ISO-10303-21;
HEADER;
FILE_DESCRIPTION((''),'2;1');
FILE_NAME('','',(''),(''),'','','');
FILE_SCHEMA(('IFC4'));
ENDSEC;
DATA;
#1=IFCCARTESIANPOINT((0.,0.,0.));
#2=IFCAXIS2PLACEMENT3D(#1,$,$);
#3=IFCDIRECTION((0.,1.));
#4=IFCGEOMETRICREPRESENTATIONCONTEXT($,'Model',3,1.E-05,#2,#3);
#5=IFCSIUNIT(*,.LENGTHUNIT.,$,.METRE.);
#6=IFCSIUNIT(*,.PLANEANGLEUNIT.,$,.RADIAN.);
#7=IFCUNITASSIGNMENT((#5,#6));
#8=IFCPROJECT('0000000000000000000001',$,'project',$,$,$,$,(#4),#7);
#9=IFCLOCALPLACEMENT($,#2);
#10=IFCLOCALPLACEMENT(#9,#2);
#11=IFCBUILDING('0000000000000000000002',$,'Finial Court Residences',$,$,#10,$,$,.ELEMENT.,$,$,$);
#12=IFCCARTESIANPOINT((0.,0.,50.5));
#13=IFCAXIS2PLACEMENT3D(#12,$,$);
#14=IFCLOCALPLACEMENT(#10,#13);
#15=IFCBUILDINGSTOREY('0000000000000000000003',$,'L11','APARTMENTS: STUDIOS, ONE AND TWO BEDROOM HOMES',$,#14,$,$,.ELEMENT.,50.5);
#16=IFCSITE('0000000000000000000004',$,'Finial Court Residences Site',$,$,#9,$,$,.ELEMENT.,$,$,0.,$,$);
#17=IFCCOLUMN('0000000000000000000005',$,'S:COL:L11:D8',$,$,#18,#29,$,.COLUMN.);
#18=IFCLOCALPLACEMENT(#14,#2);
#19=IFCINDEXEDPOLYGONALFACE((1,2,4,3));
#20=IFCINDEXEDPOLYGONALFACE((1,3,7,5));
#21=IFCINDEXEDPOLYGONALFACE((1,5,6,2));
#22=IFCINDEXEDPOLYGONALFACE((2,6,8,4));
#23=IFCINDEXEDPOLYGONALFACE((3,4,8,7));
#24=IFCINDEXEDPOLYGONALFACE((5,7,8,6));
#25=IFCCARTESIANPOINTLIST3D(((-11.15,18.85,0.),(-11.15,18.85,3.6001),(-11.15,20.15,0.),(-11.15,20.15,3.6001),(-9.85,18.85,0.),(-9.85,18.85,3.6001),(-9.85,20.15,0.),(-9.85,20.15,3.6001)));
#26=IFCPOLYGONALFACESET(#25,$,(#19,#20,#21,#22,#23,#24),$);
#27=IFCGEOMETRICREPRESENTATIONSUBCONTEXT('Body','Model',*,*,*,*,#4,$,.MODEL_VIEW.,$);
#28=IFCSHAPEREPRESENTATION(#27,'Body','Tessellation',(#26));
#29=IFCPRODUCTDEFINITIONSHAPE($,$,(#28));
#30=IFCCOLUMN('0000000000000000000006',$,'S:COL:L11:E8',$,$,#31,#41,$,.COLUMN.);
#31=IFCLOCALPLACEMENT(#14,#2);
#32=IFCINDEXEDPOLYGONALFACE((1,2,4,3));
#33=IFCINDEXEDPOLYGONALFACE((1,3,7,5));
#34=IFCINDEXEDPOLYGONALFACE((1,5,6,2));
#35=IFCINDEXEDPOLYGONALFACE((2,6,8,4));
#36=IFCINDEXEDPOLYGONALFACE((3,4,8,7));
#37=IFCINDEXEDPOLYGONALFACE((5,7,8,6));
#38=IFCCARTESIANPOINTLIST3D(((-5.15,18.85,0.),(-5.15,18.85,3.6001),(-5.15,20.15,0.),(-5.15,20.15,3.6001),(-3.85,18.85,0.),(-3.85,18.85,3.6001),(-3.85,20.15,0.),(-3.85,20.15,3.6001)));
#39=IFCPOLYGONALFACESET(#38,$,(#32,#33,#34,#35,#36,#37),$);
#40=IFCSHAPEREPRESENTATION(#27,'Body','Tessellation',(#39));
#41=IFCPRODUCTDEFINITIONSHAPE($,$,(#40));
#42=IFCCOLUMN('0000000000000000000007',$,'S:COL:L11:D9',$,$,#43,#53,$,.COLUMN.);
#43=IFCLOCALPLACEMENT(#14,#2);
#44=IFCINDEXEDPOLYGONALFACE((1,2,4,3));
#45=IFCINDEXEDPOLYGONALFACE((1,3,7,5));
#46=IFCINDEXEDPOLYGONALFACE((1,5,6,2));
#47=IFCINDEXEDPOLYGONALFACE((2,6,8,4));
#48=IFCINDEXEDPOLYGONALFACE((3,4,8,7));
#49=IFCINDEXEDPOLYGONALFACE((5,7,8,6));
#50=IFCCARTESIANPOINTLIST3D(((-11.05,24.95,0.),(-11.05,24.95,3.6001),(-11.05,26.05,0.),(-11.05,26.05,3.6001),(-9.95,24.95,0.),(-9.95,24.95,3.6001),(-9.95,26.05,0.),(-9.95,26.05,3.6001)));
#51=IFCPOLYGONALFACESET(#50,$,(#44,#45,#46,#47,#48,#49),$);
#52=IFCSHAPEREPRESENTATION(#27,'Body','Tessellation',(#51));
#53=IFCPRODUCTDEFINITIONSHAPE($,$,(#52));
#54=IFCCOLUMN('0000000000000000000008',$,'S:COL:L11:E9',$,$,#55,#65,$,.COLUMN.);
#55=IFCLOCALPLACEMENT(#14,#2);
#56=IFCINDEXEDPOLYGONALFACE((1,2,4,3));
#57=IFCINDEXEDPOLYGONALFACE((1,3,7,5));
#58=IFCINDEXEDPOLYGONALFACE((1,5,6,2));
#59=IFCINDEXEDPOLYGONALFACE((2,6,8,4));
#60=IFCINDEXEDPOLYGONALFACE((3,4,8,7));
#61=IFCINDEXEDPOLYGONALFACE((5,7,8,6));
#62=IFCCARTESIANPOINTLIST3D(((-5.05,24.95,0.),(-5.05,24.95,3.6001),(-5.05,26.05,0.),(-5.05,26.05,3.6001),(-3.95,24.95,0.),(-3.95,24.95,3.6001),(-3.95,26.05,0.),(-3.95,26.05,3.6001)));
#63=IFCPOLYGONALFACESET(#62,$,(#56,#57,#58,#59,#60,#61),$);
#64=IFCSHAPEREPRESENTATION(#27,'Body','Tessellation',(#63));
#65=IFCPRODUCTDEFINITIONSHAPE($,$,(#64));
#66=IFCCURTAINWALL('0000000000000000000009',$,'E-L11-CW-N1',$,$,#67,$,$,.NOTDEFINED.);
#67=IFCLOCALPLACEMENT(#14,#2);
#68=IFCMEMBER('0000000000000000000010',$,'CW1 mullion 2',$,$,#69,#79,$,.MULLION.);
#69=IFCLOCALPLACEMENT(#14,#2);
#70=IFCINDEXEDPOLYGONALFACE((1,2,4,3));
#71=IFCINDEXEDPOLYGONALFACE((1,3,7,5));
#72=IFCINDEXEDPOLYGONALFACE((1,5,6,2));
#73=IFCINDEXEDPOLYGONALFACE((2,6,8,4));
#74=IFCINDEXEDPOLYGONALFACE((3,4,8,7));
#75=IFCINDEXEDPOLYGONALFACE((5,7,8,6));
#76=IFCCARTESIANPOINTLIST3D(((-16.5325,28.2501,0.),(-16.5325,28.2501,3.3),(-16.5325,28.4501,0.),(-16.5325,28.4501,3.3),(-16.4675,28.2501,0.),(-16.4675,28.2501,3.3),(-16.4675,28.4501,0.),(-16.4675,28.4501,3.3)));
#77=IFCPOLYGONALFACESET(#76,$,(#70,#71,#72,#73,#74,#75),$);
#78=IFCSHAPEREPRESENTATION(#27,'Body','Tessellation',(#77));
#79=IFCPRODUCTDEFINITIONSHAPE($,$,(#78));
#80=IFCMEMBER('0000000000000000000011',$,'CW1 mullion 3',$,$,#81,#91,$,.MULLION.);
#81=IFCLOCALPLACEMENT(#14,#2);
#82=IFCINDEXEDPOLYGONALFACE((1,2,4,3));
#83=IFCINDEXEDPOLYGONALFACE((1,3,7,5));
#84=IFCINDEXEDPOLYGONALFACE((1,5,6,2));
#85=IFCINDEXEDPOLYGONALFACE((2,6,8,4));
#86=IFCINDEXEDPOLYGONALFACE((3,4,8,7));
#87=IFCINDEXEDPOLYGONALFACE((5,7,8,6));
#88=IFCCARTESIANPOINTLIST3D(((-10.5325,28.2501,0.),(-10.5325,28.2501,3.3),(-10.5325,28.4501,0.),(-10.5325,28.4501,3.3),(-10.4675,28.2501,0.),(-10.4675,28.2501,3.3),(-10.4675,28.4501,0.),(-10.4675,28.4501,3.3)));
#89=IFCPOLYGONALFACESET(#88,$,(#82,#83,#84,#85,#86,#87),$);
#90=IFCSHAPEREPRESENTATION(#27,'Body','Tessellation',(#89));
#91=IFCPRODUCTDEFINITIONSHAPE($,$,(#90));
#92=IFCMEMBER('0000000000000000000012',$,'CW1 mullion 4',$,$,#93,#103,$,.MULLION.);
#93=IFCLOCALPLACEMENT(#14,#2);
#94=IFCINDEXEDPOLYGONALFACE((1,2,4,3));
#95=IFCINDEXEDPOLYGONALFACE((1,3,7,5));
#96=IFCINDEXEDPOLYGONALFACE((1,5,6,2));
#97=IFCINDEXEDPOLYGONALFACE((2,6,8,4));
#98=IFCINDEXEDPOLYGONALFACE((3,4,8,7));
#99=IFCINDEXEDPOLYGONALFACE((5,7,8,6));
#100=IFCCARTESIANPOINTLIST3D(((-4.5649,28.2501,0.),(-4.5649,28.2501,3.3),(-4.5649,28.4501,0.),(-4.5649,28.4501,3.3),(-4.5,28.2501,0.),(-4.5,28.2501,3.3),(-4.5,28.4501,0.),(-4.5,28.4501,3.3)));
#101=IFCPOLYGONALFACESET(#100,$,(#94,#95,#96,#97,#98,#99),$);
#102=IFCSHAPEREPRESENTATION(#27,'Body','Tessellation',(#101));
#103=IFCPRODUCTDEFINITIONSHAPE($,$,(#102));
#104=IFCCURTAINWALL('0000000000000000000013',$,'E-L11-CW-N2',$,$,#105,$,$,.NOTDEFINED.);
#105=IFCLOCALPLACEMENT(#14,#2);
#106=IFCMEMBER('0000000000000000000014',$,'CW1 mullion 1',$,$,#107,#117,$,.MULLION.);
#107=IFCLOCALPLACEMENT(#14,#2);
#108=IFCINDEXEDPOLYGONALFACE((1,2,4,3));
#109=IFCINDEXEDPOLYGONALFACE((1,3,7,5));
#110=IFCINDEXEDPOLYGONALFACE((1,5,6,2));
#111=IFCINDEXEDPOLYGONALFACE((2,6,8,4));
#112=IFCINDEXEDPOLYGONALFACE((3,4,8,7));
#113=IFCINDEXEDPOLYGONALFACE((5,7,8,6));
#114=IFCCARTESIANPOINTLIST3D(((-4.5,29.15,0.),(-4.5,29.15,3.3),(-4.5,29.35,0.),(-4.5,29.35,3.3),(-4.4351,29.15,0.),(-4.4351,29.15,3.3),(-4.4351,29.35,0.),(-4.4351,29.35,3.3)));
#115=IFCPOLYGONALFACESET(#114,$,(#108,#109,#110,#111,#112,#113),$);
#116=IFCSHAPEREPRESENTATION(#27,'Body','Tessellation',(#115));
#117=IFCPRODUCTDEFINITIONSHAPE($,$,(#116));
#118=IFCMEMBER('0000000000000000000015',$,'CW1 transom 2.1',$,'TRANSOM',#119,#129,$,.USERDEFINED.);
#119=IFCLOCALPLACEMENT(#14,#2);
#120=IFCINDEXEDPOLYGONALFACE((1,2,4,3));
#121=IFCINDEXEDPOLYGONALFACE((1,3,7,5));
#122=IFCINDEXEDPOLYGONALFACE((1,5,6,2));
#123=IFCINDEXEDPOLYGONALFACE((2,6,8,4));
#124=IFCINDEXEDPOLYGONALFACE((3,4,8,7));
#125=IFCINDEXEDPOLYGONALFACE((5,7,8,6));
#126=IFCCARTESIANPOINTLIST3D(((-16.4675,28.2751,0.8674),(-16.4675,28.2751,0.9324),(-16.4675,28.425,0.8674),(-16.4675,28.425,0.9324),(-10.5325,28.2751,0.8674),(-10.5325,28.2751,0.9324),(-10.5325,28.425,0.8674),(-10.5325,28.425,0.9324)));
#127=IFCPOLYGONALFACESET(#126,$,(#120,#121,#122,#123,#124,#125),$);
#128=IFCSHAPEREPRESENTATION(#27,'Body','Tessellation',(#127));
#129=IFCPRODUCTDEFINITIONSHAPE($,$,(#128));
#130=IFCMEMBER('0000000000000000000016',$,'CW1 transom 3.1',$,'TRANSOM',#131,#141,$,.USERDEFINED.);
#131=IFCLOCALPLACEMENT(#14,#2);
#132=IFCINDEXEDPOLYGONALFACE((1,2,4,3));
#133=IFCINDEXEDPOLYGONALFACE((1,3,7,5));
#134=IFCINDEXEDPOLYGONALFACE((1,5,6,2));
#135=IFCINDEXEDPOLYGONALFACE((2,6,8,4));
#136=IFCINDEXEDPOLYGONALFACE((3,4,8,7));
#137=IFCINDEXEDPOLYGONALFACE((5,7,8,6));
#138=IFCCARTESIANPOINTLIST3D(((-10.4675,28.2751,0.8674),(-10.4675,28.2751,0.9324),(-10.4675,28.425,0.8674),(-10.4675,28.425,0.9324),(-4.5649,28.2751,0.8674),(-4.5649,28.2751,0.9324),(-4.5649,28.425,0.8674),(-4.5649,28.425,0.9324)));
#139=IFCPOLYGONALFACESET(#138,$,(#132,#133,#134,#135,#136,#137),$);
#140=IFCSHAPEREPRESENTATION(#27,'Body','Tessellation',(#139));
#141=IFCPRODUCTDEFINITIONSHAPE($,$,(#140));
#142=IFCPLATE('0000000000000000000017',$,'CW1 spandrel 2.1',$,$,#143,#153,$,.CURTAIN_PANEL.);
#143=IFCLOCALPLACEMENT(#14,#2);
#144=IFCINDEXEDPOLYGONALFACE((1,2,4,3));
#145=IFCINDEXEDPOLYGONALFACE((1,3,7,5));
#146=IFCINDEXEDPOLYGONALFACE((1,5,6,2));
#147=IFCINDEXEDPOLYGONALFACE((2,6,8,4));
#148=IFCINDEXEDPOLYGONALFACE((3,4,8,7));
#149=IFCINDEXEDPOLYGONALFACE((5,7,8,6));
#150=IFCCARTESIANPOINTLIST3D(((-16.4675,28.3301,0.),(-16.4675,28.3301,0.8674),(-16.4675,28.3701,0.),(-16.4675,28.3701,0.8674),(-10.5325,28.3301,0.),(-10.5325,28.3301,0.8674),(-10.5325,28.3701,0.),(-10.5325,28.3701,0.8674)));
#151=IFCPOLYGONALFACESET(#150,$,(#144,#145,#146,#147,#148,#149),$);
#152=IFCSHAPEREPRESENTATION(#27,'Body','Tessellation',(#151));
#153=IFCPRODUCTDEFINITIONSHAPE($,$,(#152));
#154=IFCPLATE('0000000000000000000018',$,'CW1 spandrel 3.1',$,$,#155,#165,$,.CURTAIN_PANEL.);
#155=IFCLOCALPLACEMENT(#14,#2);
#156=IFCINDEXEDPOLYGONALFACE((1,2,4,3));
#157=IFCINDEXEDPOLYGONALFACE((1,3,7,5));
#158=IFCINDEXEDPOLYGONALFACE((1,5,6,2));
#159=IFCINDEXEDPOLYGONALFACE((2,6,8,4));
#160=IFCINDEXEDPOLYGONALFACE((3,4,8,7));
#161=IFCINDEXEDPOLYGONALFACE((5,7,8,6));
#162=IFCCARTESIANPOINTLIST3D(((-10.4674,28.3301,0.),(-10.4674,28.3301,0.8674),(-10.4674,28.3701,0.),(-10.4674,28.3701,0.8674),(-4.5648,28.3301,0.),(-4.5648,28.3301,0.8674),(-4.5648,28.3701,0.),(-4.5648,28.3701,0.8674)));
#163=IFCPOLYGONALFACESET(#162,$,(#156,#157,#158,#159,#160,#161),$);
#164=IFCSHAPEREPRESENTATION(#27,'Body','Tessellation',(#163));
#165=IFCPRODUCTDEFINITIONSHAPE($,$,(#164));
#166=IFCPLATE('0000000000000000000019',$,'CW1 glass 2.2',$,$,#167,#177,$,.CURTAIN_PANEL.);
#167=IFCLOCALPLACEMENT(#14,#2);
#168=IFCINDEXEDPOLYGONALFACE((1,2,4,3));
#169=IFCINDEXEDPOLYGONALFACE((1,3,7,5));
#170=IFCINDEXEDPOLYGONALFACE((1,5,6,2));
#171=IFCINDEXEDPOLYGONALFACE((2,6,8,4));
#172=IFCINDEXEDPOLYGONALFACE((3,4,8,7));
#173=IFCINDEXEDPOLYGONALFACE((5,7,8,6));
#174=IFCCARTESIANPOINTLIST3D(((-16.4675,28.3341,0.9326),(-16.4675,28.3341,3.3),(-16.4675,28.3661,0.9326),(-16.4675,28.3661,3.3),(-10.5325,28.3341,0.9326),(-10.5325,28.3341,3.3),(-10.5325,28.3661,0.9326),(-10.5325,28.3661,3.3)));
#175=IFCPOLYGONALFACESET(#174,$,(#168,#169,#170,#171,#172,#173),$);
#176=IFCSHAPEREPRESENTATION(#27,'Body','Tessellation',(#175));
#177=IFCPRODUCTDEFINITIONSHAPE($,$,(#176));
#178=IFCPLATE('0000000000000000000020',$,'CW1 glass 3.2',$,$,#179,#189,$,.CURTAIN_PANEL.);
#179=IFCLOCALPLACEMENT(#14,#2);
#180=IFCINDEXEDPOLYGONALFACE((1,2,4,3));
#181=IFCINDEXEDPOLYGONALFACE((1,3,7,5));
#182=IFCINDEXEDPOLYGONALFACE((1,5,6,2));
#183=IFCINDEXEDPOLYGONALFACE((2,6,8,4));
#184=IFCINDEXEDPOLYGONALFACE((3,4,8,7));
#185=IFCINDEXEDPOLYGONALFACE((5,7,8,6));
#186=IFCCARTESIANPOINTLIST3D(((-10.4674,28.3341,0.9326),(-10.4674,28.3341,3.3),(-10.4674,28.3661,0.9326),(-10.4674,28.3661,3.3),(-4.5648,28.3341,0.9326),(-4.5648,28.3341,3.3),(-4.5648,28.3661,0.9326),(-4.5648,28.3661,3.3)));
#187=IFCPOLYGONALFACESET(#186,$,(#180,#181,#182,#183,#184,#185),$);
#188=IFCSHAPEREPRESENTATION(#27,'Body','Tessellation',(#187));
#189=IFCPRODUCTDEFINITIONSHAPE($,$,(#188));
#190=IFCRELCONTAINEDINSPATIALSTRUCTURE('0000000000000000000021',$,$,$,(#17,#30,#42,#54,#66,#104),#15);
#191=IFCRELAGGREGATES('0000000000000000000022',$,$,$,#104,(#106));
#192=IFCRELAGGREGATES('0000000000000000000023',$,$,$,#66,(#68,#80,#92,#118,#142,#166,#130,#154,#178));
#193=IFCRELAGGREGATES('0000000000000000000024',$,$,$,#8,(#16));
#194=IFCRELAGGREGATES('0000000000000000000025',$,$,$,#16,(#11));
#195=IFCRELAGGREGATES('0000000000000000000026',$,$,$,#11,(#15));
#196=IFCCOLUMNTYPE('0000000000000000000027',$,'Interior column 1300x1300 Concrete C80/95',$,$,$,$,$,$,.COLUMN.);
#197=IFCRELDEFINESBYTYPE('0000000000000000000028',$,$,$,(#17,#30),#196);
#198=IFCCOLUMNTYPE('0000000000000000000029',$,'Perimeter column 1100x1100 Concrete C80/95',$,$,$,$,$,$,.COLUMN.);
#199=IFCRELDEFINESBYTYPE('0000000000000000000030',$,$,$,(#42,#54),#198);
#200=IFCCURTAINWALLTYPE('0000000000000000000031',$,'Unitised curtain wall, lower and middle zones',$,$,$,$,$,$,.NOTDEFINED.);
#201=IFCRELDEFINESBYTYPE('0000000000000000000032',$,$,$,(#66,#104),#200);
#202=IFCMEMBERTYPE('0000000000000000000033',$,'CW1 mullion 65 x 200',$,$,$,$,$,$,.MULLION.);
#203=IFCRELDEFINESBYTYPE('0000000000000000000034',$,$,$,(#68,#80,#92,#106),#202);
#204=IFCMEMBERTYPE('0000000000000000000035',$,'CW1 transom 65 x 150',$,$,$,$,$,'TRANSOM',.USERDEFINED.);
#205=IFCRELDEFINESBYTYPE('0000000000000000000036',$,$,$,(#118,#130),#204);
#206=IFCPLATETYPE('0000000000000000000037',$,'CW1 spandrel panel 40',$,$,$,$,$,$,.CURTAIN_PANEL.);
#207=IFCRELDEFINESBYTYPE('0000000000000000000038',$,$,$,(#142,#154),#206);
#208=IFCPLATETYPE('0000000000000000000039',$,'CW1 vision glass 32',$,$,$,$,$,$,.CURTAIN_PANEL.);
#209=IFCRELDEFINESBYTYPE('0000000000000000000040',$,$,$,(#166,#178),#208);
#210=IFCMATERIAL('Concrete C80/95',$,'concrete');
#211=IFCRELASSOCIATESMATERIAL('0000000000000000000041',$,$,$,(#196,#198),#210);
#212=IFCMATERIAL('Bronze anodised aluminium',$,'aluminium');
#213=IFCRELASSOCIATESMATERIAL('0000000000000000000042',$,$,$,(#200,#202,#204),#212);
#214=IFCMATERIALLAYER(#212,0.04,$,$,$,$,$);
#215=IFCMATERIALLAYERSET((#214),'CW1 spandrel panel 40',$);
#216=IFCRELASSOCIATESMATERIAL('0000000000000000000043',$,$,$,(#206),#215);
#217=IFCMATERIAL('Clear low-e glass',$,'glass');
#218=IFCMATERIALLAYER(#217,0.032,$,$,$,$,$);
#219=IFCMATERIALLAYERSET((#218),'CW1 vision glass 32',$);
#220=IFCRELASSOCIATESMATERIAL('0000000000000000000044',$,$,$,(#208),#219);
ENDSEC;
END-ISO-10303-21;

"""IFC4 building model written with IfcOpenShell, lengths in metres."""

from ifc_helpers import new_model, si_unit, direction, frame, origin, origin_2d, place, context, subcontext, project, spatial, rectangle, extrude, material, layer, layer_set, material_profile, profile_set, type_object, element, aggregate, save


model = new_model("IFC4")

# Units and contexts
model_context = context("Model", 3, precision=1e-05, world=origin(), true_north=direction((0.0, 1.0)))
body_context = subcontext(model_context, "Body", "Model", "MODEL_VIEW")
ifc_project = project(units=[si_unit("LENGTHUNIT", "METRE"), si_unit("PLANEANGLEUNIT", "RADIAN")], contexts=[model_context])

# Site, building, storey
site_placement = place(None, origin())
site = spatial("IfcSite", under=ifc_project, at=site_placement, Name="Finial Court Residences Site", CompositionType="ELEMENT", RefElevation=0.0)
building_placement = place(site_placement, origin())
building = spatial("IfcBuilding", under=site, at=building_placement, Name="Finial Court Residences", CompositionType="ELEMENT")
storey_placement = place(building_placement, frame((0.0, 0.0, 50.5)))
storey = spatial("IfcBuildingStorey", under=building, at=storey_placement, Name="L11", Description="APARTMENTS: STUDIOS, ONE AND TWO BEDROOM HOMES", CompositionType="ELEMENT", Elevation=50.5)

# Columns
ifc_material_1 = material(Name="Concrete C80/95", Category="concrete")
ifc_material_profile_1 = material_profile(ifc_material_1, rectangle(XDim=1.3, YDim=1.3, at=origin_2d()), Name="1300x1300")
ifc_profile_set_1 = profile_set([ifc_material_profile_1], Name="Concrete C80/95")
column_type_1 = type_object("IfcColumnType", Name="Interior column 1300x1300 Concrete C80/95", PredefinedType="COLUMN", material=ifc_profile_set_1)
for number, where, z_axis, x_axis, name in (
    (1, (-10.5, 19.5, 0.0), (0.0, 0.0, 1.0), (1.0, 0.0, 0.0), "S:COL:L11:D8"),
    (2, (-4.5, 19.5, 0.0), (0.0, 0.0, 1.0), (1.0, 0.0, 0.0), "S:COL:L11:E8"),
):
    element("IfcColumn", number, at=place(storey_placement, frame(where, z_axis=z_axis, x_axis=x_axis)), inside=storey, type_object=column_type_1, Name=name, PredefinedType="COLUMN", context=body_context, shape_type="SweptSolid", body=[
        extrude(rectangle(XDim=1.3, YDim=1.3, at=origin_2d()), origin(), (0.0, 0.0, 1.0), 3.6001),
    ])
ifc_material_profile_2 = material_profile(ifc_material_1, rectangle(XDim=1.1001, YDim=1.1001, at=origin_2d()), Name="1100x1100")
ifc_profile_set_2 = profile_set([ifc_material_profile_2], Name="Concrete C80/95")
column_type_2 = type_object("IfcColumnType", Name="Perimeter column 1100x1100 Concrete C80/95", PredefinedType="COLUMN", material=ifc_profile_set_2)
for number, where, z_axis, x_axis, name in (
    (3, (-10.5, 25.5, 0.0), (0.0, 0.0, 1.0), (1.0, 0.0, 0.0), "S:COL:L11:D9"),
    (4, (-4.5, 25.5, 0.0), (0.0, 0.0, 1.0), (1.0, 0.0, 0.0), "S:COL:L11:E9"),
):
    element("IfcColumn", number, at=place(storey_placement, frame(where, z_axis=z_axis, x_axis=x_axis)), inside=storey, type_object=column_type_2, Name=name, PredefinedType="COLUMN", context=body_context, shape_type="SweptSolid", body=[
        extrude(rectangle(XDim=1.1001, YDim=1.1001, at=origin_2d()), origin(), (0.0, 0.0, 1.0), 3.6001),
    ])

# Curtain wall, members
ifc_material_2 = material(Name="Bronze anodised aluminium", Category="aluminium")
curtain_wall_type = type_object("IfcCurtainWallType", Name="Unitised curtain wall, lower and middle zones", PredefinedType="NOTDEFINED", material=ifc_material_2)
curtain_wall_1_placement = place(storey_placement, origin())
curtain_wall_1 = element("IfcCurtainWall", 5, at=curtain_wall_1_placement, inside=storey, type_object=curtain_wall_type, Name="E-L11-CW-N1", PredefinedType="NOTDEFINED")
ifc_material_profile_3 = material_profile(ifc_material_2, rectangle(XDim=0.2, YDim=0.0649, at=origin_2d()), Name="CW1 mullion 65 x 200")
ifc_profile_set_3 = profile_set([ifc_material_profile_3], Name="Bronze anodised aluminium")
member_type_1 = type_object("IfcMemberType", Name="CW1 mullion 65 x 200", PredefinedType="MULLION", material=ifc_profile_set_3)
member_1_placement = place(storey_placement, frame((-16.5, 28.3501, 0.0), z_axis=(0.0, 0.0, 1.0), x_axis=(0.0, 1.0, 0.0)))
member_1 = element("IfcMember", 6, at=member_1_placement, type_object=member_type_1, Name="CW1 mullion 2", PredefinedType="MULLION", context=body_context, shape_type="SweptSolid", body=[
    extrude(rectangle(XDim=0.2, YDim=0.0649, at=origin_2d()), origin(), (0.0, 0.0, 1.0), 3.3),
])
member_2_placement = place(storey_placement, frame((-10.5, 28.3501, 0.0), z_axis=(0.0, 0.0, 1.0), x_axis=(0.0, 1.0, 0.0)))
member_2 = element("IfcMember", 7, at=member_2_placement, type_object=member_type_1, Name="CW1 mullion 3", PredefinedType="MULLION", context=body_context, shape_type="SweptSolid", body=[
    extrude(rectangle(XDim=0.2, YDim=0.0649, at=origin_2d()), origin(), (0.0, 0.0, 1.0), 3.3),
])
member_3_placement = place(storey_placement, frame((-4.5325, 28.3501, 0.0), z_axis=(0.0, 0.0, 1.0), x_axis=(0.0, 1.0, 0.0)))
member_3 = element("IfcMember", 8, at=member_3_placement, type_object=member_type_1, Name="CW1 mullion 4", PredefinedType="MULLION", context=body_context, shape_type="SweptSolid", body=[
    extrude(rectangle(XDim=0.2, YDim=0.0649, at=origin_2d()), origin(), (0.0, 0.0, 1.0), 3.3),
])

# Curtain wall, member
curtain_wall_2_placement = place(storey_placement, origin())
curtain_wall_2 = element("IfcCurtainWall", 9, at=curtain_wall_2_placement, inside=storey, type_object=curtain_wall_type, Name="E-L11-CW-N2", PredefinedType="NOTDEFINED")
member_4_placement = place(storey_placement, frame((-4.4675, 29.25, 0.0), z_axis=(0.0, 0.0, 1.0), x_axis=(0.0, 1.0, 0.0)))
member_4 = element("IfcMember", 10, at=member_4_placement, type_object=member_type_1, Name="CW1 mullion 1", PredefinedType="MULLION", context=body_context, shape_type="SweptSolid", body=[
    extrude(rectangle(XDim=0.2, YDim=0.0649, at=origin_2d()), origin(), (0.0, 0.0, 1.0), 3.3),
])
aggregate(curtain_wall_2, [member_4])

# Members
ifc_material_profile_4 = material_profile(ifc_material_2, rectangle(XDim=0.1499, YDim=0.0649, at=origin_2d()), Name="CW1 transom 65 x 150")
ifc_profile_set_4 = profile_set([ifc_material_profile_4], Name="Bronze anodised aluminium")
member_type_2 = type_object("IfcMemberType", Name="CW1 transom 65 x 150", ElementType="TRANSOM", PredefinedType="USERDEFINED", material=ifc_profile_set_4)
member_5_placement = place(storey_placement, frame((-16.4675, 28.3501, 0.8999), z_axis=(1.0, 0.0, 0.0), x_axis=(0.0, 1.0, 0.0)))
member_5 = element("IfcMember", 11, at=member_5_placement, type_object=member_type_2, Name="CW1 transom 2.1", ObjectType="TRANSOM", PredefinedType="USERDEFINED", context=body_context, shape_type="SweptSolid", body=[
    extrude(rectangle(XDim=0.1499, YDim=0.0649, at=origin_2d()), origin(), (0.0, 0.0, 1.0), 5.9351),
])
member_6_placement = place(storey_placement, frame((-10.4675, 28.3501, 0.8999), z_axis=(1.0, 0.0, 0.0), x_axis=(0.0, 1.0, 0.0)))
member_6 = element("IfcMember", 12, at=member_6_placement, type_object=member_type_2, Name="CW1 transom 3.1", ObjectType="TRANSOM", PredefinedType="USERDEFINED", context=body_context, shape_type="SweptSolid", body=[
    extrude(rectangle(XDim=0.1499, YDim=0.0649, at=origin_2d()), origin(), (0.0, 0.0, 1.0), 5.9026),
])

# Plates
ifc_layer_1 = layer(ifc_material_2, 0.04)
ifc_layer_set_1 = layer_set([ifc_layer_1], Name="CW1 spandrel panel 40")
plate_type_1 = type_object("IfcPlateType", Name="CW1 spandrel panel 40", PredefinedType="CURTAIN_PANEL", material=ifc_layer_set_1)
plate_1_placement = place(storey_placement, frame((-13.5, 28.3501, 0.0), z_axis=(0.0, 0.0, 1.0), x_axis=(1.0, 0.0, 0.0)))
plate_1 = element("IfcPlate", 13, at=plate_1_placement, type_object=plate_type_1, Name="CW1 spandrel 2.1", PredefinedType="CURTAIN_PANEL", context=body_context, shape_type="SweptSolid", body=[
    extrude(rectangle(XDim=5.9351, YDim=0.04, at=origin_2d()), origin(), (0.0, 0.0, 1.0), 0.8674),
])
plate_2_placement = place(storey_placement, frame((-7.5161, 28.3501, 0.0), z_axis=(0.0, 0.0, 1.0), x_axis=(1.0, 0.0, 0.0)))
plate_2 = element("IfcPlate", 14, at=plate_2_placement, type_object=plate_type_1, Name="CW1 spandrel 3.1", PredefinedType="CURTAIN_PANEL", context=body_context, shape_type="SweptSolid", body=[
    extrude(rectangle(XDim=5.9026, YDim=0.04, at=origin_2d()), origin(), (0.0, 0.0, 1.0), 0.8674),
])
ifc_material_3 = material(Name="Clear low-e glass", Category="glass")
ifc_layer_2 = layer(ifc_material_3, 0.032)
ifc_layer_set_2 = layer_set([ifc_layer_2], Name="CW1 vision glass 32")
plate_type_2 = type_object("IfcPlateType", Name="CW1 vision glass 32", PredefinedType="CURTAIN_PANEL", material=ifc_layer_set_2)
plate_3_placement = place(storey_placement, frame((-13.5, 28.3501, 0.9326), z_axis=(0.0, 0.0, 1.0), x_axis=(1.0, 0.0, 0.0)))
plate_3 = element("IfcPlate", 15, at=plate_3_placement, type_object=plate_type_2, Name="CW1 glass 2.2", PredefinedType="CURTAIN_PANEL", context=body_context, shape_type="SweptSolid", body=[
    extrude(rectangle(XDim=5.9351, YDim=0.032, at=origin_2d()), origin(), (0.0, 0.0, 1.0), 2.3674),
])
plate_4_placement = place(storey_placement, frame((-7.5161, 28.3501, 0.9326), z_axis=(0.0, 0.0, 1.0), x_axis=(1.0, 0.0, 0.0)))
plate_4 = element("IfcPlate", 16, at=plate_4_placement, type_object=plate_type_2, Name="CW1 glass 3.2", PredefinedType="CURTAIN_PANEL", context=body_context, shape_type="SweptSolid", body=[
    extrude(rectangle(XDim=5.9026, YDim=0.032, at=origin_2d()), origin(), (0.0, 0.0, 1.0), 2.3674),
])
aggregate(curtain_wall_1, [member_1, member_2, member_3, member_5, plate_1, plate_3, member_6, plate_2, plate_4])

save(model, "model.ifc")
